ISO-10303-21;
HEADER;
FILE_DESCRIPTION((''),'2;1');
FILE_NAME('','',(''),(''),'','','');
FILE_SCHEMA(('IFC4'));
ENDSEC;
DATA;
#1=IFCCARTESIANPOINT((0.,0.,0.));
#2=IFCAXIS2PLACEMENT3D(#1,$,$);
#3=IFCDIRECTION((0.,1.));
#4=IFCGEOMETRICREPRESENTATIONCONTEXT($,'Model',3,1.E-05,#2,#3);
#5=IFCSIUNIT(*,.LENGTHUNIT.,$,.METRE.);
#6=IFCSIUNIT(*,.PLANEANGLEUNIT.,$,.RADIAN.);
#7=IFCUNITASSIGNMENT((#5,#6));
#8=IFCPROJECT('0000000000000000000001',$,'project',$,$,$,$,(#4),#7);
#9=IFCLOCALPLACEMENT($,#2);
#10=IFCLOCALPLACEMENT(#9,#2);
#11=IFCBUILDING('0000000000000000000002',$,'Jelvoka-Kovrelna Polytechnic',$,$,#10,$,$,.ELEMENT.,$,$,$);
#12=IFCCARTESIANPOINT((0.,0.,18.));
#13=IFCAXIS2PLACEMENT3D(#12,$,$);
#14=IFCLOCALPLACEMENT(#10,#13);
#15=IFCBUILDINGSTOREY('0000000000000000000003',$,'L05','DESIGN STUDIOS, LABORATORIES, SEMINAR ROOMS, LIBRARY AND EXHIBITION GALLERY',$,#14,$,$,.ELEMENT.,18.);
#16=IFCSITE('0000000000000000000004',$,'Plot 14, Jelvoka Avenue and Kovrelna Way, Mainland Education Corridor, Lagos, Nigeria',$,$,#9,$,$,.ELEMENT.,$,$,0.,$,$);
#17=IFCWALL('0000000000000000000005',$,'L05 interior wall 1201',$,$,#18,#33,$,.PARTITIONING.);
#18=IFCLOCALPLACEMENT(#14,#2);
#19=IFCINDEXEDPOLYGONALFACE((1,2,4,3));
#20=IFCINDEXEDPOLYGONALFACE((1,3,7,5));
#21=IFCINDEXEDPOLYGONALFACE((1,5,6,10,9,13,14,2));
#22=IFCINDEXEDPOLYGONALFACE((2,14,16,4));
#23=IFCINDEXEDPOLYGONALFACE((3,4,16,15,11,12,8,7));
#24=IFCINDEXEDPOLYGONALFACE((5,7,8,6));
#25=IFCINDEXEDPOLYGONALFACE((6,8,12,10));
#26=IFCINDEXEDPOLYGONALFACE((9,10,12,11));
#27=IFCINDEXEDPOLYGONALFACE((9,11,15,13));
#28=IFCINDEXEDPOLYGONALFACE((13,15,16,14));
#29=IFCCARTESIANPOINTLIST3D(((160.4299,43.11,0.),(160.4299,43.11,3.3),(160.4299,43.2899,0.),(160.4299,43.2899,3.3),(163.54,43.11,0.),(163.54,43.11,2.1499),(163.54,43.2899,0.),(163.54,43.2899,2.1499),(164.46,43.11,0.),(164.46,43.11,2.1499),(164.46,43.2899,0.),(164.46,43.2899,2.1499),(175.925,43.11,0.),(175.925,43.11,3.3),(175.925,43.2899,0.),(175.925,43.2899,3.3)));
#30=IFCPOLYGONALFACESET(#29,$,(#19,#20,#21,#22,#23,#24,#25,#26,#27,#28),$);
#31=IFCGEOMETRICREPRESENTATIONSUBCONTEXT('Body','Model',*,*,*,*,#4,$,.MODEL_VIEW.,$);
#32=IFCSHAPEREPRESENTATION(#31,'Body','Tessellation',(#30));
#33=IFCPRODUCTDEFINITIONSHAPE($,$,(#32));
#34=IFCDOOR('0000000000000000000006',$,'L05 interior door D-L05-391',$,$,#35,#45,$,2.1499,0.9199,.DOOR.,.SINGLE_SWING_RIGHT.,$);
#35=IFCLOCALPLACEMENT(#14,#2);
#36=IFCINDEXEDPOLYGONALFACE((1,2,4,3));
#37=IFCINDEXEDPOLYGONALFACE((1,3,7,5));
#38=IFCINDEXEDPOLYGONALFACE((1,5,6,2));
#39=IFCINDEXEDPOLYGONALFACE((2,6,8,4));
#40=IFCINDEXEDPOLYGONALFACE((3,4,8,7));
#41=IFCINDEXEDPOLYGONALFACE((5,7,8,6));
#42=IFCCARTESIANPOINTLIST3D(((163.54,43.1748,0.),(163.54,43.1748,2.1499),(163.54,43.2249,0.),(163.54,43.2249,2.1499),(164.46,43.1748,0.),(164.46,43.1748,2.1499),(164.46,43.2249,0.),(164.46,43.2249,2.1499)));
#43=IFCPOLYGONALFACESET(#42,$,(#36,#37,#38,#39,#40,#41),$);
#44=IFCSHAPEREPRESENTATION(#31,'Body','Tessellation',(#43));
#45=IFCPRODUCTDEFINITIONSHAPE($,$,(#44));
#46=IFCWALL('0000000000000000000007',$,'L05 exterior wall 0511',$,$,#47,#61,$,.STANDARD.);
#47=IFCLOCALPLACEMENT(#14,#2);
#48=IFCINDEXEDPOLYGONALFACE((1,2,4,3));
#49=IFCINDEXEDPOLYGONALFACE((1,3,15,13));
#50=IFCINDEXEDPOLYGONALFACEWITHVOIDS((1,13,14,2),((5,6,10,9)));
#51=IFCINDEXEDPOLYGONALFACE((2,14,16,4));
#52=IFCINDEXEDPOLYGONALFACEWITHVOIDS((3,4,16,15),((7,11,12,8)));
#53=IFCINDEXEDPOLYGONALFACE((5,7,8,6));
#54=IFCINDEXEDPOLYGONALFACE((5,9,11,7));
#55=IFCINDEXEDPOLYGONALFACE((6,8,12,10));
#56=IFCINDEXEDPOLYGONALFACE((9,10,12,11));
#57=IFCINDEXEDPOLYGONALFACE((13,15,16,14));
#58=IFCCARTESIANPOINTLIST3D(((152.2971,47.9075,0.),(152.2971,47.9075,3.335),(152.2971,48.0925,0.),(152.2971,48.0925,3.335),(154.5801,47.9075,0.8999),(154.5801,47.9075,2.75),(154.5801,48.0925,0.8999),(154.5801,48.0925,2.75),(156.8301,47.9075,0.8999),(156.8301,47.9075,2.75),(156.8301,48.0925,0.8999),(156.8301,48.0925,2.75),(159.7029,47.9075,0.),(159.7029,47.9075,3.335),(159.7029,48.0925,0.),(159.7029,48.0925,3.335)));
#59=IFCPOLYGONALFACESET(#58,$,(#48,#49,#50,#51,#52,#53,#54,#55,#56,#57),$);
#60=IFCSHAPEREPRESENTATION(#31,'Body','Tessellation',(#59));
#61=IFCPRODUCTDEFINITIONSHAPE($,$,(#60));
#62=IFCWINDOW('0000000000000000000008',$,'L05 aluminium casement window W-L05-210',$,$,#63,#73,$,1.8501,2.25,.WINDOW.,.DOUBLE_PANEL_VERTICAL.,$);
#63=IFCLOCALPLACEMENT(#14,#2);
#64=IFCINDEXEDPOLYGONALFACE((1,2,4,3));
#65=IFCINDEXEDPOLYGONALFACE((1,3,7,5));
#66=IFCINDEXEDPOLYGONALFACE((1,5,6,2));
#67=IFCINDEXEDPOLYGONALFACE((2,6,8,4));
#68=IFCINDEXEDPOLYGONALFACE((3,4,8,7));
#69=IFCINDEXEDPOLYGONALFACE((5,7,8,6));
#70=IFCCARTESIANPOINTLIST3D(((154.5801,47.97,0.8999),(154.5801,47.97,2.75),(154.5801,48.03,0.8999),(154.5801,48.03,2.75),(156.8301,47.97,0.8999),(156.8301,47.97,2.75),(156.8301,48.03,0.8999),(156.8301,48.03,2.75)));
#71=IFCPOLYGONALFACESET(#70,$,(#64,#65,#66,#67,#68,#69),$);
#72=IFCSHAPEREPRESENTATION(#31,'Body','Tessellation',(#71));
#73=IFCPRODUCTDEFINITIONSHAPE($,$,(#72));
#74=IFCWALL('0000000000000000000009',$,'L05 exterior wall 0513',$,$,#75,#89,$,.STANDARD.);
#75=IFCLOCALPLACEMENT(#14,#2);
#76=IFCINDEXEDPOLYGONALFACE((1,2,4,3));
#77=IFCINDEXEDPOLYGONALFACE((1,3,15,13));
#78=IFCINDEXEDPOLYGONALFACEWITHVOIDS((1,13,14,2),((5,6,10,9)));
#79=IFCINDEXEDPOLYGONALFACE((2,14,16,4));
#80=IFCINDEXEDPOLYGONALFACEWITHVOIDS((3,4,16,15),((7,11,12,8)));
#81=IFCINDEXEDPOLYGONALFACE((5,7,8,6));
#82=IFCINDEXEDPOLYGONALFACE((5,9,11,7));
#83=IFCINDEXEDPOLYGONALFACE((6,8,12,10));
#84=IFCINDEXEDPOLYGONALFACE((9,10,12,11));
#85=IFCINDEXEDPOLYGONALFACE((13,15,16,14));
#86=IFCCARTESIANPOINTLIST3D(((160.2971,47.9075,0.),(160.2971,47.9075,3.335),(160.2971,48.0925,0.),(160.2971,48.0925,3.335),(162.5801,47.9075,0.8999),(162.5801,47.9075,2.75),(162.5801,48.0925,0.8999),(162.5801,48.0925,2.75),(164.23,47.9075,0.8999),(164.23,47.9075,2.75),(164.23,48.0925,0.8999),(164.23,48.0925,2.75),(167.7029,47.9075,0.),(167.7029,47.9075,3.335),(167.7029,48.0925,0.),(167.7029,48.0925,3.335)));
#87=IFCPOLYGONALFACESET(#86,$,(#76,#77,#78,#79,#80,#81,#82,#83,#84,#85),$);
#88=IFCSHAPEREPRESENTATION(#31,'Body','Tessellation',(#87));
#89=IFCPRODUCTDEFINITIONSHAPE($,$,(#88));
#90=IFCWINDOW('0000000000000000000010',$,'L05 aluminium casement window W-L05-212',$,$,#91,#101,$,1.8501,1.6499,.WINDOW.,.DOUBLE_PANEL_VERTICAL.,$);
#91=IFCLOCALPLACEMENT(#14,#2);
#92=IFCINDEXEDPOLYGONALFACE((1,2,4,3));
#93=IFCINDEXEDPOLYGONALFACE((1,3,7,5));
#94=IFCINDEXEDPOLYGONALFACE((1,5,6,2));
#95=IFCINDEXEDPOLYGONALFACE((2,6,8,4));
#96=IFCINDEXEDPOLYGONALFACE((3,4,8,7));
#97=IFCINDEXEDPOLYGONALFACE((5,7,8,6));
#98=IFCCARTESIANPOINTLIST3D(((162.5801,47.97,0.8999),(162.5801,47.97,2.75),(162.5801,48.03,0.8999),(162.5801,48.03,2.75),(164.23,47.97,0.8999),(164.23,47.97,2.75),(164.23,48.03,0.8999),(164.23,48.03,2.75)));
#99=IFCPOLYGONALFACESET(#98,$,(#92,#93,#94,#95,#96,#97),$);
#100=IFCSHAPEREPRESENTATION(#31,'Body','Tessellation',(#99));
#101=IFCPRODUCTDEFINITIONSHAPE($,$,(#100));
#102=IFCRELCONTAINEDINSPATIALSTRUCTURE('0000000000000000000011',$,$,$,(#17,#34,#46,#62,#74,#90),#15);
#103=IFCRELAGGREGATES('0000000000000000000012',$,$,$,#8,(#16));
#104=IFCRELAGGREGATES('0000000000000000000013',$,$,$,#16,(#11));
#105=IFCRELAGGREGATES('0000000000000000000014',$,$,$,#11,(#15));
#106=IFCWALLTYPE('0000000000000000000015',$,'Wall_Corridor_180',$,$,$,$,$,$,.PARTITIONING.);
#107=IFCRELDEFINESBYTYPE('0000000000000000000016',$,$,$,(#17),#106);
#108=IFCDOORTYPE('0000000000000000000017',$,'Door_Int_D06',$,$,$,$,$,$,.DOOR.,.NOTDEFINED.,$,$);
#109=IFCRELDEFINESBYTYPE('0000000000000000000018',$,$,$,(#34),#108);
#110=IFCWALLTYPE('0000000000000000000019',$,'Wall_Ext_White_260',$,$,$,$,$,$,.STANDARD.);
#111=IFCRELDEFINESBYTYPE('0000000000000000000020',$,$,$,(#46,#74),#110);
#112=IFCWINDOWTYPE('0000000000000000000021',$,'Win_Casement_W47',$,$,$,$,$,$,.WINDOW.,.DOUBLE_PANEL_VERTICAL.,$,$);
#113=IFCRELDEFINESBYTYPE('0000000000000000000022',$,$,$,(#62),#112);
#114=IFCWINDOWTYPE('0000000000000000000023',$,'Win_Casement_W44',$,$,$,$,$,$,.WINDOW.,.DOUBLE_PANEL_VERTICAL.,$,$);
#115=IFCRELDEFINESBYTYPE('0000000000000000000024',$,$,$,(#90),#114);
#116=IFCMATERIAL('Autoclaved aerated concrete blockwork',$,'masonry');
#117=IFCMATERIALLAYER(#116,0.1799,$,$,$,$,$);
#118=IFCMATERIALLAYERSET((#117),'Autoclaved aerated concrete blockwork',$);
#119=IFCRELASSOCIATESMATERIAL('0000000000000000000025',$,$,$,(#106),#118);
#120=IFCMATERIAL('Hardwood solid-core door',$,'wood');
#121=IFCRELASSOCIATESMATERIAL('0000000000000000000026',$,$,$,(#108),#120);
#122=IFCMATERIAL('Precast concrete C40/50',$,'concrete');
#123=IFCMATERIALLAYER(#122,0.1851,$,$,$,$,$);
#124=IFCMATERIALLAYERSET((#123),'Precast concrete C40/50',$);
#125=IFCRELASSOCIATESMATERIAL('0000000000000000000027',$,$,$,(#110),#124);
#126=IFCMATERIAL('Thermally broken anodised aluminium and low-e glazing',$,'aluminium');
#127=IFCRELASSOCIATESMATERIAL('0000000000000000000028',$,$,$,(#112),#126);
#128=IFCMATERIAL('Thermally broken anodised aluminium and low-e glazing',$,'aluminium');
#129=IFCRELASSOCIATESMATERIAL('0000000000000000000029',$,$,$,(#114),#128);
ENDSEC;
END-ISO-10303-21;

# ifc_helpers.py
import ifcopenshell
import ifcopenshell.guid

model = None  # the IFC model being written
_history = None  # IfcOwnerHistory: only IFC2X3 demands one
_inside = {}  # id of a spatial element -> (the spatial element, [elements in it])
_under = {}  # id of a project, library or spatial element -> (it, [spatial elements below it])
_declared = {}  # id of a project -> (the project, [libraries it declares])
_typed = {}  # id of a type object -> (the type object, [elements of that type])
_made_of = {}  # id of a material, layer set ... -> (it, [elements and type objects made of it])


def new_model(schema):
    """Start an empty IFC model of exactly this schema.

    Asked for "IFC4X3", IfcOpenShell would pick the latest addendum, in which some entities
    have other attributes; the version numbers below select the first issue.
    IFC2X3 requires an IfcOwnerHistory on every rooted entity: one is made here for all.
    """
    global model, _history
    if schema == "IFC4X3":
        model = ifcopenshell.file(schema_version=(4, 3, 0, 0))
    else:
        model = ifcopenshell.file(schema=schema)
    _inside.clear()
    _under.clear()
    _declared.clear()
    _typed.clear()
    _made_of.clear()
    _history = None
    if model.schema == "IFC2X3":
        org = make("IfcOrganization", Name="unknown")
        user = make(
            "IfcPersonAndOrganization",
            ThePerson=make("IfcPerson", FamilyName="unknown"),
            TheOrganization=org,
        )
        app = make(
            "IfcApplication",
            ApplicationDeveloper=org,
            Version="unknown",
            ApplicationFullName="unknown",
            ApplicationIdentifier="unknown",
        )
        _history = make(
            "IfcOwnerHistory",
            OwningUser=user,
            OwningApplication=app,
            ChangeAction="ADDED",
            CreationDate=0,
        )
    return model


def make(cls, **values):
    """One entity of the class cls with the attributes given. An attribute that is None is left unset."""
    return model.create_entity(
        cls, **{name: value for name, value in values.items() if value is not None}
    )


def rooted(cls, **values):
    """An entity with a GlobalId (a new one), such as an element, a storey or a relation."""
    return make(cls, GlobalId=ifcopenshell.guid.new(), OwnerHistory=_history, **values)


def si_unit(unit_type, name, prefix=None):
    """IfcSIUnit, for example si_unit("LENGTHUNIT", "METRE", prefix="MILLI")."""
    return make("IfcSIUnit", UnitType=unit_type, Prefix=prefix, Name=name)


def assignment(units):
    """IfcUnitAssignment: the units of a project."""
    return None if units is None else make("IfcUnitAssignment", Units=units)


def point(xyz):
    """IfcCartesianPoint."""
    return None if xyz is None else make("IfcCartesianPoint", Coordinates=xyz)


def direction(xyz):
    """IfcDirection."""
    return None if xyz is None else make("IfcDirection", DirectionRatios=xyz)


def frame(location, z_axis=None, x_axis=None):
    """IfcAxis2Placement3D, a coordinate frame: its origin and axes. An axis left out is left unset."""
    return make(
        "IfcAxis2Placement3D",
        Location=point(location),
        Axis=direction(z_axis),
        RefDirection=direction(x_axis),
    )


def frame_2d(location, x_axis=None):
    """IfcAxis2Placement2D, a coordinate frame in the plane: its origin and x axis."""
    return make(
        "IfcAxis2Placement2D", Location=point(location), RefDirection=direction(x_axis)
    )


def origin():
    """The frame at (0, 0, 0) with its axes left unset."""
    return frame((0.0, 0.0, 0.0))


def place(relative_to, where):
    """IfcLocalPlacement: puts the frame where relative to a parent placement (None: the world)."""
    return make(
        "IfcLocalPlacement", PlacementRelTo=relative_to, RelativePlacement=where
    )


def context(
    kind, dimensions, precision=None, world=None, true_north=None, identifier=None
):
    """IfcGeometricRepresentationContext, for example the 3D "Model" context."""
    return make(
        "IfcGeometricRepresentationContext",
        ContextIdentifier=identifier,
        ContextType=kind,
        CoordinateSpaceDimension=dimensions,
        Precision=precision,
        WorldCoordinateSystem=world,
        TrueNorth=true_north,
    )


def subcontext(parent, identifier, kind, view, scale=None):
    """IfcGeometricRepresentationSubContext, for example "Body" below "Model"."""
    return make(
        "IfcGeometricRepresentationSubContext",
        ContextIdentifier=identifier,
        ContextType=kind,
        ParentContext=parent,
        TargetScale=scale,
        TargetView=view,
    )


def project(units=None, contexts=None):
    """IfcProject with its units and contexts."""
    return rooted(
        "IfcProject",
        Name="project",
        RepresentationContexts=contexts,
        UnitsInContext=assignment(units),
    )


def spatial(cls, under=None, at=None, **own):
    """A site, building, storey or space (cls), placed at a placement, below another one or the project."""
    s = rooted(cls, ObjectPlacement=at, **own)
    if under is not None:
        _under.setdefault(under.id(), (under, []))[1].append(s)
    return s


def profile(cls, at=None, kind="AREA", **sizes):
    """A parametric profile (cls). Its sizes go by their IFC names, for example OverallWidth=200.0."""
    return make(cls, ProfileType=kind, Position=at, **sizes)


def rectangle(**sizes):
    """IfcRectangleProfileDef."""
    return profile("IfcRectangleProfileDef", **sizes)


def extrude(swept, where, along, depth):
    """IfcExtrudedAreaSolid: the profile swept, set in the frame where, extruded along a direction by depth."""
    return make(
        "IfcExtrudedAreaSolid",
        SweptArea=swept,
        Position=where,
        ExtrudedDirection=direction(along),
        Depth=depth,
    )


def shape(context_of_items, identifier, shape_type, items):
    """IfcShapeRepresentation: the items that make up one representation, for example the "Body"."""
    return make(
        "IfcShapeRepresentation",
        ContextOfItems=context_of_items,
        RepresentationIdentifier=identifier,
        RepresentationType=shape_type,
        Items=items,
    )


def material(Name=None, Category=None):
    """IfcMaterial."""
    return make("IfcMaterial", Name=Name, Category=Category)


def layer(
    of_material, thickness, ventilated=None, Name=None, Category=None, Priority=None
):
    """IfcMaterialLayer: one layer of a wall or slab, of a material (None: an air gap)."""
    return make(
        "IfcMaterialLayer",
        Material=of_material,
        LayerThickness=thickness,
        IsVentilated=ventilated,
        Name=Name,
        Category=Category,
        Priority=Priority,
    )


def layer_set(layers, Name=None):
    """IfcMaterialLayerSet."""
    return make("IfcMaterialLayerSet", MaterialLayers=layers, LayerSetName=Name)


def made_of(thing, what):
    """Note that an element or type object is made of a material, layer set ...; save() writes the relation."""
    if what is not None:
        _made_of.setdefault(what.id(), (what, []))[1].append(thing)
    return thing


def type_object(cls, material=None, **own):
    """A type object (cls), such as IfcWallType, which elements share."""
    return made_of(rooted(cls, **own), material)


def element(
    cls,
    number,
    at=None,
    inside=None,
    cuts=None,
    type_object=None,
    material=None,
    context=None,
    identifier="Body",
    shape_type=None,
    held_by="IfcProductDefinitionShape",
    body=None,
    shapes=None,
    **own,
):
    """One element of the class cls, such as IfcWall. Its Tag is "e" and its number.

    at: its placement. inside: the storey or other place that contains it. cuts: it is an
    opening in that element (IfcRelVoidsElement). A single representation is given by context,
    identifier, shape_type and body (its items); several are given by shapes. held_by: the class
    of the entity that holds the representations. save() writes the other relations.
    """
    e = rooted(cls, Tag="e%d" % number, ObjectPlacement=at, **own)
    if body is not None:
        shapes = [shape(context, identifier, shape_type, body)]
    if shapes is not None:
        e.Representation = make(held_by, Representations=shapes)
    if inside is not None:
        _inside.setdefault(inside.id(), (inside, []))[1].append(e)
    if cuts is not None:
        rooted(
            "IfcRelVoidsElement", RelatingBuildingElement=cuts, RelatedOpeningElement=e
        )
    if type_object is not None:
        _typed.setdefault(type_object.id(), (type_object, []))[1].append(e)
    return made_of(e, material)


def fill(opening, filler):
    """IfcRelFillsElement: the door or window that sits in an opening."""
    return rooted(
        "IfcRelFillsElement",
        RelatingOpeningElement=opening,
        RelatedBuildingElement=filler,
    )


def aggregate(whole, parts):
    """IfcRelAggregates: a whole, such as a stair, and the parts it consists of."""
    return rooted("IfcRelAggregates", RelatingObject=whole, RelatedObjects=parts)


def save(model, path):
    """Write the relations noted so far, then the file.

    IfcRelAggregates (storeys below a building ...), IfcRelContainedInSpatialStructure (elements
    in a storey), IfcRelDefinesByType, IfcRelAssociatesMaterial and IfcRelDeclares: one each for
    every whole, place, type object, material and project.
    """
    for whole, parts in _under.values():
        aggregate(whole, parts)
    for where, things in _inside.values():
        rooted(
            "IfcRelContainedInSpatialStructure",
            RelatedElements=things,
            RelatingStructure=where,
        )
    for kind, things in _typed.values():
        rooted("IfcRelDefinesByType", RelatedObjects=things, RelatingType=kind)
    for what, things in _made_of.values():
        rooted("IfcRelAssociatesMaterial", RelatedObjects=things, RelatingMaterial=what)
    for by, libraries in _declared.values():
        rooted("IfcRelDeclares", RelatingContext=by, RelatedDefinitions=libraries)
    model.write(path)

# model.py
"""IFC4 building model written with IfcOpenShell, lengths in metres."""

from ifc_helpers import new_model, si_unit, direction, frame, frame_2d, origin, place, context, subcontext, project, spatial, rectangle, extrude, material, layer, layer_set, type_object, element, fill, save


model = new_model("IFC4")

# Units and contexts
model_context = context("Model", 3, precision=1e-05, world=origin(), true_north=direction((0.0, 1.0)))
body_context = subcontext(model_context, "Body", "Model", "MODEL_VIEW")
ifc_project = project(units=[si_unit("LENGTHUNIT", "METRE"), si_unit("PLANEANGLEUNIT", "RADIAN")], contexts=[model_context])

# Site, building, storey
site_placement = place(None, origin())
site = spatial("IfcSite", under=ifc_project, at=site_placement, Name="Plot 14, Jelvoka Avenue and Kovrelna Way, Mainland Education Corridor, Lagos, Nigeria", CompositionType="ELEMENT", RefElevation=0.0)
building_placement = place(site_placement, origin())
building = spatial("IfcBuilding", under=site, at=building_placement, Name="Jelvoka-Kovrelna Polytechnic", CompositionType="ELEMENT")
storey_placement = place(building_placement, frame((0.0, 0.0, 18.0)))
storey = spatial("IfcBuildingStorey", under=building, at=storey_placement, Name="L05", Description="DESIGN STUDIOS, LABORATORIES, SEMINAR ROOMS, LIBRARY AND EXHIBITION GALLERY", CompositionType="ELEMENT", Elevation=18.0)

# Wall, opening, door
ifc_material_1 = material(Name="Autoclaved aerated concrete blockwork", Category="masonry")
ifc_layer_1 = layer(ifc_material_1, 0.1799)
ifc_layer_set_1 = layer_set([ifc_layer_1], Name="Autoclaved aerated concrete blockwork")
wall_type_1 = type_object("IfcWallType", Name="Wall_Corridor_180", PredefinedType="PARTITIONING", material=ifc_layer_set_1)
wall_1_placement = place(storey_placement, frame((160.4299, 43.2, 0.0), z_axis=(0.0, 0.0, 1.0), x_axis=(1.0, 0.0, 0.0)))
wall_1 = element("IfcWall", 1, at=wall_1_placement, inside=storey, type_object=wall_type_1, Name="L05 interior wall 1201", PredefinedType="PARTITIONING", context=body_context, shape_type="SweptSolid", body=[
    extrude(rectangle(XDim=15.4951, YDim=0.1799, at=frame_2d((7.7476, 0.0))), origin(), (0.0, 0.0, 1.0), 3.3),
])
opening_1_placement = place(wall_1_placement, frame((3.1101, 0.0, 0.0)))
opening_1 = element("IfcOpeningElement", 2, at=opening_1_placement, cuts=wall_1, PredefinedType="OPENING", context=body_context, shape_type="SweptSolid", body=[
    extrude(rectangle(XDim=0.9199, YDim=2.1499, at=frame_2d((0.46, 1.075))), frame((0.0, 0.0999, 0.0), z_axis=(0.0, -1.0, 0.0), x_axis=(1.0, 0.0, 0.0)), (0.0, 0.0, 1.0), 0.2),
])
ifc_material_2 = material(Name="Hardwood solid-core door", Category="wood")
door_type = type_object("IfcDoorType", Name="Door_Int_D06", OperationType="NOTDEFINED", PredefinedType="DOOR", material=ifc_material_2)
door_placement = place(opening_1_placement, origin())
door = element("IfcDoor", 3, at=door_placement, inside=storey, type_object=door_type, Name="L05 interior door D-L05-391", OperationType="SINGLE_SWING_RIGHT", OverallHeight=2.1499, OverallWidth=0.9199, PredefinedType="DOOR", context=body_context, shape_type="SweptSolid", body=[
    extrude(rectangle(XDim=0.9199, YDim=2.1499, at=frame_2d((0.46, 1.075))), frame((0.0, 0.0249, 0.0), z_axis=(0.0, -1.0, 0.0), x_axis=(1.0, 0.0, 0.0)), (0.0, 0.0, 1.0), 0.05),
])
fill(opening_1, door)

# Walls, openings, windows
ifc_material_3 = material(Name="Precast concrete C40/50", Category="concrete")
ifc_layer_2 = layer(ifc_material_3, 0.1851)
ifc_layer_set_2 = layer_set([ifc_layer_2], Name="Precast concrete C40/50")
wall_type_2 = type_object("IfcWallType", Name="Wall_Ext_White_260", PredefinedType="STANDARD", material=ifc_layer_set_2)
wall_2_placement = place(storey_placement, frame((152.2971, 48.0, 0.0), z_axis=(0.0, 0.0, 1.0), x_axis=(1.0, 0.0, 0.0)))
wall_2 = element("IfcWall", 4, at=wall_2_placement, inside=storey, type_object=wall_type_2, Name="L05 exterior wall 0511", PredefinedType="STANDARD", context=body_context, shape_type="SweptSolid", body=[
    extrude(rectangle(XDim=7.4058, YDim=0.1851, at=frame_2d((3.7029, 0.0))), origin(), (0.0, 0.0, 1.0), 3.335),
])
opening_2_placement = place(wall_2_placement, frame((2.283, 0.0, 0.8999)))
opening_2 = element("IfcOpeningElement", 5, at=opening_2_placement, cuts=wall_2, PredefinedType="OPENING", context=body_context, shape_type="SweptSolid", body=[
    extrude(rectangle(XDim=2.25, YDim=1.8501, at=frame_2d((1.125, 0.925))), frame((0.0, 0.1025, 0.0), z_axis=(0.0, -1.0, 0.0), x_axis=(1.0, 0.0, 0.0)), (0.0, 0.0, 1.0), 0.2051),
])
ifc_material_4 = material(Name="Thermally broken anodised aluminium and low-e glazing", Category="aluminium")
window_type_1 = type_object("IfcWindowType", Name="Win_Casement_W47", PartitioningType="DOUBLE_PANEL_VERTICAL", PredefinedType="WINDOW", material=ifc_material_4)
window_1_placement = place(opening_2_placement, origin())
window_1 = element("IfcWindow", 6, at=window_1_placement, inside=storey, type_object=window_type_1, Name="L05 aluminium casement window W-L05-210", OverallHeight=1.8501, OverallWidth=2.25, PartitioningType="DOUBLE_PANEL_VERTICAL", PredefinedType="WINDOW", context=body_context, shape_type="SweptSolid", body=[
    extrude(rectangle(XDim=2.25, YDim=1.8501, at=frame_2d((1.125, 0.925))), frame((0.0, 0.03, 0.0), z_axis=(0.0, -1.0, 0.0), x_axis=(1.0, 0.0, 0.0)), (0.0, 0.0, 1.0), 0.0601),
])
fill(opening_2, window_1)
wall_3_placement = place(storey_placement, frame((160.2971, 48.0, 0.0), z_axis=(0.0, 0.0, 1.0), x_axis=(1.0, 0.0, 0.0)))
wall_3 = element("IfcWall", 7, at=wall_3_placement, inside=storey, type_object=wall_type_2, Name="L05 exterior wall 0513", PredefinedType="STANDARD", context=body_context, shape_type="SweptSolid", body=[
    extrude(rectangle(XDim=7.4058, YDim=0.1851, at=frame_2d((3.7029, 0.0))), origin(), (0.0, 0.0, 1.0), 3.335),
])
opening_3_placement = place(wall_3_placement, frame((2.283, 0.0, 0.8999)))
opening_3 = element("IfcOpeningElement", 8, at=opening_3_placement, cuts=wall_3, PredefinedType="OPENING", context=body_context, shape_type="SweptSolid", body=[
    extrude(rectangle(XDim=1.6499, YDim=1.8501, at=frame_2d((0.825, 0.925))), frame((0.0, 0.1025, 0.0), z_axis=(0.0, -1.0, 0.0), x_axis=(1.0, 0.0, 0.0)), (0.0, 0.0, 1.0), 0.2051),
])
ifc_material_5 = material(Name="Thermally broken anodised aluminium and low-e glazing", Category="aluminium")
window_type_2 = type_object("IfcWindowType", Name="Win_Casement_W44", PartitioningType="DOUBLE_PANEL_VERTICAL", PredefinedType="WINDOW", material=ifc_material_5)
window_2_placement = place(opening_3_placement, origin())
window_2 = element("IfcWindow", 9, at=window_2_placement, inside=storey, type_object=window_type_2, Name="L05 aluminium casement window W-L05-212", OverallHeight=1.8501, OverallWidth=1.6499, PartitioningType="DOUBLE_PANEL_VERTICAL", PredefinedType="WINDOW", context=body_context, shape_type="SweptSolid", body=[
    extrude(rectangle(XDim=1.6499, YDim=1.8501, at=frame_2d((0.825, 0.925))), frame((0.0, 0.03, 0.0), z_axis=(0.0, -1.0, 0.0), x_axis=(1.0, 0.0, 0.0)), (0.0, 0.0, 1.0), 0.0601),
])
fill(opening_3, window_2)

save(model, "model.ifc")
